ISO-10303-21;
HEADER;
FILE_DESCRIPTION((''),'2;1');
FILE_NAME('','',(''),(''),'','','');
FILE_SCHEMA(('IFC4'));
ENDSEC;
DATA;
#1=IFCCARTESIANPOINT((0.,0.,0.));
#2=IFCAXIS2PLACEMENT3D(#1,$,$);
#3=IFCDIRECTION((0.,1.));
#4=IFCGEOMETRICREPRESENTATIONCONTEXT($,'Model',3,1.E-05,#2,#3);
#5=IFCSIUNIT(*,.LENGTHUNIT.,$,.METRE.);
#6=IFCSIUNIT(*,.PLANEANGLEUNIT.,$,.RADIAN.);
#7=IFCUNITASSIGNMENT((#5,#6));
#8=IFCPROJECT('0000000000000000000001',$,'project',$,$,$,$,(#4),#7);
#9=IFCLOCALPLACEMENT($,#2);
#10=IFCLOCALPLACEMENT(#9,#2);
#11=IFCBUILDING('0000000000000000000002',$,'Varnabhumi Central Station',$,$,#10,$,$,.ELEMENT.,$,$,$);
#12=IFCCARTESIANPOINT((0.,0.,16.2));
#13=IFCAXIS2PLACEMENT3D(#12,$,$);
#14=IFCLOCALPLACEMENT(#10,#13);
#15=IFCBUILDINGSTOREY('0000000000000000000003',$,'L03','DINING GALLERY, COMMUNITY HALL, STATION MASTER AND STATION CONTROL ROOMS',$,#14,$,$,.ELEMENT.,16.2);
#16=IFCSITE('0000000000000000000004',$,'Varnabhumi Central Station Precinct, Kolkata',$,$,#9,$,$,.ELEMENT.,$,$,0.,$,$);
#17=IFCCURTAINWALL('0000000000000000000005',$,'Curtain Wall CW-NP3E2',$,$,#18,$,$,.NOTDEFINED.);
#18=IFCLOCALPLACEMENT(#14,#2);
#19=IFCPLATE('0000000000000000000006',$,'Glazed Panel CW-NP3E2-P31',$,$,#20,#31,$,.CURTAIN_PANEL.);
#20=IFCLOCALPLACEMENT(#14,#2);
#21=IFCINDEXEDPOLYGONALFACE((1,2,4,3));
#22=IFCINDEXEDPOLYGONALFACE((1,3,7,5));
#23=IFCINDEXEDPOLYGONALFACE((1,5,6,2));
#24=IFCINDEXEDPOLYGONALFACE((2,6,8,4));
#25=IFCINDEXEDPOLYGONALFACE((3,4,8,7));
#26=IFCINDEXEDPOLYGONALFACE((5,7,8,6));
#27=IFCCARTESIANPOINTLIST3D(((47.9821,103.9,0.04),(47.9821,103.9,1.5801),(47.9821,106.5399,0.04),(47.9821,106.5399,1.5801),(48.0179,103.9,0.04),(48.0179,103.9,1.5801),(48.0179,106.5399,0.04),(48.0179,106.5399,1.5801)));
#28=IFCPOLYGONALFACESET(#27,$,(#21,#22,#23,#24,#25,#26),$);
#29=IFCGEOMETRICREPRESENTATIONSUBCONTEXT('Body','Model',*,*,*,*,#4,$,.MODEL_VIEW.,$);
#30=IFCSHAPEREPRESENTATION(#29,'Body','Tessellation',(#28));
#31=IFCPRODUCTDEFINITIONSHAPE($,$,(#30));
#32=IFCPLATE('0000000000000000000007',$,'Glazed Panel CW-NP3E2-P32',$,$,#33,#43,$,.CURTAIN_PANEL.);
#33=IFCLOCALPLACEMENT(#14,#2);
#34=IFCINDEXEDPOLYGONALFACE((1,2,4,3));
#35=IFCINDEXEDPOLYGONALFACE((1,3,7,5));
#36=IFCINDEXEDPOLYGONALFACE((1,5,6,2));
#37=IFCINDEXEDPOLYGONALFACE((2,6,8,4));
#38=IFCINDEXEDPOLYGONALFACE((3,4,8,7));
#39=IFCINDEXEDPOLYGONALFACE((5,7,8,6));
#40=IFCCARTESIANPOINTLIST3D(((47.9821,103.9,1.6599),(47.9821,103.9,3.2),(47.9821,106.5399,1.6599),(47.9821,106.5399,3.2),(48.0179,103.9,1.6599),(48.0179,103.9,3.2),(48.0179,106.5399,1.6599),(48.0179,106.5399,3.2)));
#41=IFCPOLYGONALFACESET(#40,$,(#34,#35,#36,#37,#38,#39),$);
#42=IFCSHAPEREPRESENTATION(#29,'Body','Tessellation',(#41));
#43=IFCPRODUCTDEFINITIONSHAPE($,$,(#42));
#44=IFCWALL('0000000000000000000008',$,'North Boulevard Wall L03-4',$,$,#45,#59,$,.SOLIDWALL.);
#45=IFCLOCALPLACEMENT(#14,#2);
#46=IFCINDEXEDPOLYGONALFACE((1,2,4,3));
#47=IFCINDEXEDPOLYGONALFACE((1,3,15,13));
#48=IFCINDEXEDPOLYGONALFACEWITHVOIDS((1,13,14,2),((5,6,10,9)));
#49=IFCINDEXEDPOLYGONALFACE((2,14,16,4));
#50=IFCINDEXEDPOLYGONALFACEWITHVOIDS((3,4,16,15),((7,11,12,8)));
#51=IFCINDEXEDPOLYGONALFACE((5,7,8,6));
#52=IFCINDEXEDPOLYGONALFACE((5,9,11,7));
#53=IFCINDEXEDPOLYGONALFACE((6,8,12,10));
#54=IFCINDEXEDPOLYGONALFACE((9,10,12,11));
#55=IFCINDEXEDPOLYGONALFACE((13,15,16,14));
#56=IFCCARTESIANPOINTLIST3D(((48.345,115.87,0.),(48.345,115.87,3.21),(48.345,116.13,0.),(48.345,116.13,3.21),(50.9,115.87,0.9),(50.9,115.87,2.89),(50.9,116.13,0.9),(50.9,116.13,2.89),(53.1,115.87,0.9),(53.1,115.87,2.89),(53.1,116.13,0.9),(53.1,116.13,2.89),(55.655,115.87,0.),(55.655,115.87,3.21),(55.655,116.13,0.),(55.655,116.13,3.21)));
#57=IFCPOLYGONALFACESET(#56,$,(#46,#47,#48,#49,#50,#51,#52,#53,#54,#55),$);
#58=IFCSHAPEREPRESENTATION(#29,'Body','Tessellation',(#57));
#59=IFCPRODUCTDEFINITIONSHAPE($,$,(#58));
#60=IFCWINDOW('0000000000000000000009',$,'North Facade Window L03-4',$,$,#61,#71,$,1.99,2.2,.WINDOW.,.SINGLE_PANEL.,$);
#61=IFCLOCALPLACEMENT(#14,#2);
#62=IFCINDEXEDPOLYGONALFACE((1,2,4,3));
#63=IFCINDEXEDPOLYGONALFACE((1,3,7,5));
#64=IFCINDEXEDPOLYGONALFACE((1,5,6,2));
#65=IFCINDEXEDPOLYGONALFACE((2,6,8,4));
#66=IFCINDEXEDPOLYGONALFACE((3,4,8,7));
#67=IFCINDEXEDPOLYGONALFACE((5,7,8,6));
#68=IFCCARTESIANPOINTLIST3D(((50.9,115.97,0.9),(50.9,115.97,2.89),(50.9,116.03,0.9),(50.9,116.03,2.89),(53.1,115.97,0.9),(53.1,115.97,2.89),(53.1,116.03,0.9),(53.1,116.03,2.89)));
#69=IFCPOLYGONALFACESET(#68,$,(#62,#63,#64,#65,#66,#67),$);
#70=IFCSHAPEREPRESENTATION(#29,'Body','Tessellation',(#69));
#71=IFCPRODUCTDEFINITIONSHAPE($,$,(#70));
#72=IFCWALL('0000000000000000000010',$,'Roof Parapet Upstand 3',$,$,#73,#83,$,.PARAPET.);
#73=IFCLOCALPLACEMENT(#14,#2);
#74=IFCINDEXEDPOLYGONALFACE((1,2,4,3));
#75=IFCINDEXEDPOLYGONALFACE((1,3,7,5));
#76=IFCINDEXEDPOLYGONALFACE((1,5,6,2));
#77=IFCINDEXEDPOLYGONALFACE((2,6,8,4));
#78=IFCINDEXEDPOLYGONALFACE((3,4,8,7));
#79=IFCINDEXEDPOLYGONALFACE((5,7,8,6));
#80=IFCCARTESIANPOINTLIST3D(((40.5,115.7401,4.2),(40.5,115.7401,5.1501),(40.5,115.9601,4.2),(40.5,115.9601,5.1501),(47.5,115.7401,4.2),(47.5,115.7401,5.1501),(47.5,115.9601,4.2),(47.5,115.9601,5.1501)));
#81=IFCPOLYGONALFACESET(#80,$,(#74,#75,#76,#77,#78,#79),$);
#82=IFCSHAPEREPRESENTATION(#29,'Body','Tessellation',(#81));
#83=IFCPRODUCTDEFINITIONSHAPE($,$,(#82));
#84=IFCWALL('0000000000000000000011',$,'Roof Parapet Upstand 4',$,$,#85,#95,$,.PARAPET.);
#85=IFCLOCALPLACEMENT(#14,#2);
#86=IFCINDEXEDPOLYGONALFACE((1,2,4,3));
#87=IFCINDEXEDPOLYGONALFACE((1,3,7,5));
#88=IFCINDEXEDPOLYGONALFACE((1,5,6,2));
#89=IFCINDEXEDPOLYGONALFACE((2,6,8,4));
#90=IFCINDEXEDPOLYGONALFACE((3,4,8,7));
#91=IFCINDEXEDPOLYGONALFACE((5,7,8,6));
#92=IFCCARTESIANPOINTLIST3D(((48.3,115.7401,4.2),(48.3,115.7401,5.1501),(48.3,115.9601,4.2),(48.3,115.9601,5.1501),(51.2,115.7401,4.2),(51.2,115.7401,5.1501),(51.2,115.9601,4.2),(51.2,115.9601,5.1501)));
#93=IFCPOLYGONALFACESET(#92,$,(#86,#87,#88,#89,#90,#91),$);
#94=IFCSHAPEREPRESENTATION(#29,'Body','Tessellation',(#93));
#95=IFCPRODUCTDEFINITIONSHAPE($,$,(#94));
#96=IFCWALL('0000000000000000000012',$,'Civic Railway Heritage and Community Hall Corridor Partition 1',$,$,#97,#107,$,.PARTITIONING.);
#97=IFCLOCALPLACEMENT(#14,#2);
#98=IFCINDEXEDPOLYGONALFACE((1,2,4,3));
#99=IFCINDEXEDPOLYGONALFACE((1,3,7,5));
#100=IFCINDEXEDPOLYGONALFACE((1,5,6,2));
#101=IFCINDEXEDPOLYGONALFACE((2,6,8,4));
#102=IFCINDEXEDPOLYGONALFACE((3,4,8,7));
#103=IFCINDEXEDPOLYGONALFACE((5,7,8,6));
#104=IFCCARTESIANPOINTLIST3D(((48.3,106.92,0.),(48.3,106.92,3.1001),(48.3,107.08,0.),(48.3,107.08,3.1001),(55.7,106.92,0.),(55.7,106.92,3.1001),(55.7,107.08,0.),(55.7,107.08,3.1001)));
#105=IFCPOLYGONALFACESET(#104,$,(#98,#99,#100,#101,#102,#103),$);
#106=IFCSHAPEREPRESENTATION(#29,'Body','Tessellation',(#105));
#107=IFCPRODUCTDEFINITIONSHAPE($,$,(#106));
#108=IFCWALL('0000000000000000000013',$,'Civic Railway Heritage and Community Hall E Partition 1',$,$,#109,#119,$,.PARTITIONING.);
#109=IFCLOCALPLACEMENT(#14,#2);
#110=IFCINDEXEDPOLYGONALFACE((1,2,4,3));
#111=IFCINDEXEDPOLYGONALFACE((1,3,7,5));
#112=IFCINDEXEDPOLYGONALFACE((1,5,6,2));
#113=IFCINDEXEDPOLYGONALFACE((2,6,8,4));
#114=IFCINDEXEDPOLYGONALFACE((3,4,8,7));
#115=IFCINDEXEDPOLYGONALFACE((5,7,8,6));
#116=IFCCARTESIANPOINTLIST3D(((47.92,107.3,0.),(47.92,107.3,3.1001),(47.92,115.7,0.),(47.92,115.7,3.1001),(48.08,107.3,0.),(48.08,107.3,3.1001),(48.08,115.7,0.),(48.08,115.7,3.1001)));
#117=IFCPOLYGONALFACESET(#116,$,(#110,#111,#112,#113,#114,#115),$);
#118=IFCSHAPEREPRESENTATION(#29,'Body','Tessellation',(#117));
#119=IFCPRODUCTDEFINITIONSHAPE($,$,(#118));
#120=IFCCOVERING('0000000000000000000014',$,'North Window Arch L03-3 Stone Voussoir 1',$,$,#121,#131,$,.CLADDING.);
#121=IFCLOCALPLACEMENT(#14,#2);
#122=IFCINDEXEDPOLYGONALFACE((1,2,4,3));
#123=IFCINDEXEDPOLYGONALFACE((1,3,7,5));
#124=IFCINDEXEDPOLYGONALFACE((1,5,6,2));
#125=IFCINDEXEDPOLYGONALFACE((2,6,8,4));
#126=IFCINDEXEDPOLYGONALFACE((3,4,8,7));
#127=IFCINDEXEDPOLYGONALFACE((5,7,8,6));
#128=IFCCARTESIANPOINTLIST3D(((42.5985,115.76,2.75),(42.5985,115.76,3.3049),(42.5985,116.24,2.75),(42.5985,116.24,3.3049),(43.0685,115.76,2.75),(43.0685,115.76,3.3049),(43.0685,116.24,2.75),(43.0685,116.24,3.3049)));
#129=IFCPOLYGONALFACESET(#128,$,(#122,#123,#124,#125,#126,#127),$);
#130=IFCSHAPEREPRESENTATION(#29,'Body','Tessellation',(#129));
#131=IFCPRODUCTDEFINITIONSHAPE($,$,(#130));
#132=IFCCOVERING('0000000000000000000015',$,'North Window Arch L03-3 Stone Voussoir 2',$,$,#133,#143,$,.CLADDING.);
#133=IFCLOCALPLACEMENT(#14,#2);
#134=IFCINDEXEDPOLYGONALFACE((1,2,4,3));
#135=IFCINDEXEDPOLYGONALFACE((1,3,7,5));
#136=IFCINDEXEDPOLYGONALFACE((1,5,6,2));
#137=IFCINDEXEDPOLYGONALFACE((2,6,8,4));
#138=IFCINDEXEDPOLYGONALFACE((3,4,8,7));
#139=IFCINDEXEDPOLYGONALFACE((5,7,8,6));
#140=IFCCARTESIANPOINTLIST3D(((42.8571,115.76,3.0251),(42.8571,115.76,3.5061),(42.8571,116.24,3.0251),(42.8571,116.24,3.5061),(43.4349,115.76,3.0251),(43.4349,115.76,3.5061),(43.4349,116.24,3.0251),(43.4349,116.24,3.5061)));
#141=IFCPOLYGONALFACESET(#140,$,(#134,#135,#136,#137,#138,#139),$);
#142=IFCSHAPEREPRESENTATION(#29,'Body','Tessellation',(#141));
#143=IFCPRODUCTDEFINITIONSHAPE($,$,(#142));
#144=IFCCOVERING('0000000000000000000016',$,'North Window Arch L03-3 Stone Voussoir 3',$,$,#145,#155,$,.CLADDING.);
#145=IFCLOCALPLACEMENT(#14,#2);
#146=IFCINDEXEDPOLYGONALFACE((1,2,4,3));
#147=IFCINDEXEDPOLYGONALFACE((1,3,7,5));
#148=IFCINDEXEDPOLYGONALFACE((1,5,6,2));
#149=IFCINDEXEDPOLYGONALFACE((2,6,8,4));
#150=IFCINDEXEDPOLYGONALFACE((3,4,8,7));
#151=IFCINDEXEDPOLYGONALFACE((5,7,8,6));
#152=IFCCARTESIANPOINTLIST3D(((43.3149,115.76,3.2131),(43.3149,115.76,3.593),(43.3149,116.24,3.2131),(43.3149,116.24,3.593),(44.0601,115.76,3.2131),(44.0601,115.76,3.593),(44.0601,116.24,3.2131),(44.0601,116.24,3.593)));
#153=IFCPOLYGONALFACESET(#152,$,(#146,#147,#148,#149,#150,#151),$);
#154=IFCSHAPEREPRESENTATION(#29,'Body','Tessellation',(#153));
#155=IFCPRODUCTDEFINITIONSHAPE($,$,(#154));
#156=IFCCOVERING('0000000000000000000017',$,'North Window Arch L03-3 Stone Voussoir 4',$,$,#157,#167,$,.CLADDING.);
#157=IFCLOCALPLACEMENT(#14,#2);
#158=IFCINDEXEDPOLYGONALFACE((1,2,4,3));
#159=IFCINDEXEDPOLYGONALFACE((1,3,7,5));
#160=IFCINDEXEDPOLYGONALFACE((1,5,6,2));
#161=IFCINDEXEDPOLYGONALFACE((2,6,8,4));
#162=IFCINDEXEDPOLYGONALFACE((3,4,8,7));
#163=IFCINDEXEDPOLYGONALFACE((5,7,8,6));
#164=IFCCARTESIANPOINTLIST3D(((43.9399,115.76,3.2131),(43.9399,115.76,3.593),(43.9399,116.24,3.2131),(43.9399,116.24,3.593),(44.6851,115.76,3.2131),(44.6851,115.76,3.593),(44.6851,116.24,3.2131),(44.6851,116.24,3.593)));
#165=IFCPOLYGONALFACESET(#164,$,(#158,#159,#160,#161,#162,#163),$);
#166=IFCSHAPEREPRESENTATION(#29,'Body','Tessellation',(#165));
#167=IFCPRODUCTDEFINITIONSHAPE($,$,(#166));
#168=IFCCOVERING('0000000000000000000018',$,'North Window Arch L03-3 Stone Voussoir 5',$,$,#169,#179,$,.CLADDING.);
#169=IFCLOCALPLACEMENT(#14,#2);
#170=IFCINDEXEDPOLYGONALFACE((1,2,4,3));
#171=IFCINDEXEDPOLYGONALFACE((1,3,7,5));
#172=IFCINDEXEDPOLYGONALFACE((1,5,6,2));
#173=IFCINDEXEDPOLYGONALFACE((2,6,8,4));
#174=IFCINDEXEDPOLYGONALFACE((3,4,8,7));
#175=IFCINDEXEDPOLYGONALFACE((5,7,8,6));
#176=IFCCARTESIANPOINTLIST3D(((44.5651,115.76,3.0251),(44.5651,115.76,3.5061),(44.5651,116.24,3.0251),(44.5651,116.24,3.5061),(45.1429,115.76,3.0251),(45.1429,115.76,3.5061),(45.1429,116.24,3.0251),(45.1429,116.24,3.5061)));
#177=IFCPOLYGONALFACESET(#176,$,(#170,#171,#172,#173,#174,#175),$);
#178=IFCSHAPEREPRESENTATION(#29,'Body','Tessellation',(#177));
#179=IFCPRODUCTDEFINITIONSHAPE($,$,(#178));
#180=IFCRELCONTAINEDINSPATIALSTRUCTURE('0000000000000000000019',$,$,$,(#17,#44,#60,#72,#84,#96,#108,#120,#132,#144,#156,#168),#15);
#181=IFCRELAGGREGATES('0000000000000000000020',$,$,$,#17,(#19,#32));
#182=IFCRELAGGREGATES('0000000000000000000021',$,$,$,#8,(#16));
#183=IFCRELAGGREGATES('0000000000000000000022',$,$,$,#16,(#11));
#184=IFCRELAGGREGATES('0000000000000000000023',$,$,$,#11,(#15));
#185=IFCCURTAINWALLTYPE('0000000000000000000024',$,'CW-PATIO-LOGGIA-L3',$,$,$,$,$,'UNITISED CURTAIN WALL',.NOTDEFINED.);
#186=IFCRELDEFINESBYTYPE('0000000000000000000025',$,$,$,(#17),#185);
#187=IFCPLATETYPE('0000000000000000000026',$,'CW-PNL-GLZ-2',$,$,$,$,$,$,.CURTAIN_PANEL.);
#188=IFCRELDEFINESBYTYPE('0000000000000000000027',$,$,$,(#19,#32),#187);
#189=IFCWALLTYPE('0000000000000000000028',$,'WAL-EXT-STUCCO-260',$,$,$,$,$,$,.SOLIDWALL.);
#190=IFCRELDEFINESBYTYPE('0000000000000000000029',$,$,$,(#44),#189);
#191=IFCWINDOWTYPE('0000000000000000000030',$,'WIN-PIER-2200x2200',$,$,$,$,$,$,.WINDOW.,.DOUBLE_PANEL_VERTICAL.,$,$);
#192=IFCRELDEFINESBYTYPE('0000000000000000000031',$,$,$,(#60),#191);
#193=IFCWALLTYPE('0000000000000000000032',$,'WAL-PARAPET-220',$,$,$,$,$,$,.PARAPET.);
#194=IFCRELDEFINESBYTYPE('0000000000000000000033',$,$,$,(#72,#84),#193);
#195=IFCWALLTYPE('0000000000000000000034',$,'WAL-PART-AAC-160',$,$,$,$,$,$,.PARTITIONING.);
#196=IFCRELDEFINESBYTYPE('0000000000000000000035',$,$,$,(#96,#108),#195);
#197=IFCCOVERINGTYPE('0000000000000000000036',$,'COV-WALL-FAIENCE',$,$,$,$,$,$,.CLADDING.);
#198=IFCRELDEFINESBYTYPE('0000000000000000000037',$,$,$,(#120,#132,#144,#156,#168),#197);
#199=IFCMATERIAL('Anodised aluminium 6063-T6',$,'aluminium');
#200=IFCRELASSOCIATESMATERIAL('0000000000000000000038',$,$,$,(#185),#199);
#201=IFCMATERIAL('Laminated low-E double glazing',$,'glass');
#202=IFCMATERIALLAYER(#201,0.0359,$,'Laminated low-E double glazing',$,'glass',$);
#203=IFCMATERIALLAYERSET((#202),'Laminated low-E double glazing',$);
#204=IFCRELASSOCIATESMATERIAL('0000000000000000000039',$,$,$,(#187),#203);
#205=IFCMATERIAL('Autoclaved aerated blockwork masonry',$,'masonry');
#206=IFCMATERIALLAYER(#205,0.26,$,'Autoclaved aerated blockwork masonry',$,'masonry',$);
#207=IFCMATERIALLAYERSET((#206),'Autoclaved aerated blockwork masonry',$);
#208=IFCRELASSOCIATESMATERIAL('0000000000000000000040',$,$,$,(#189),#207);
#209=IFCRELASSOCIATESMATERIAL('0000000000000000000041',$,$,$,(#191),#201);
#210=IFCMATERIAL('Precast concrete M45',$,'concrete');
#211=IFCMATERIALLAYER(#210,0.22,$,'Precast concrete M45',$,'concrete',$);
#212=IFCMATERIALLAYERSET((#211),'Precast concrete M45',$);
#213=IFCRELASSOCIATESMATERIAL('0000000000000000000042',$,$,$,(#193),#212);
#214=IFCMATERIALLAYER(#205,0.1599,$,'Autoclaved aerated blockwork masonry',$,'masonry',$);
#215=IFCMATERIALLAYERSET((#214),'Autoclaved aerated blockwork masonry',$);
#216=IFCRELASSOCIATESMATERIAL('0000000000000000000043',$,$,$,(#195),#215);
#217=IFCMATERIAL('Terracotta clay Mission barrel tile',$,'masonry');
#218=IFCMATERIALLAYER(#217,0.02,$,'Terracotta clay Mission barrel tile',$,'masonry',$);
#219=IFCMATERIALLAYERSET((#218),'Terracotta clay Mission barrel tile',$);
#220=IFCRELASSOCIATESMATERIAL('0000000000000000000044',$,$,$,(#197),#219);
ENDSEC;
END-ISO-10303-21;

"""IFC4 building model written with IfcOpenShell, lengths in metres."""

from ifc_helpers import new_model, si_unit, direction, frame, frame_2d, origin, origin_2d, place, context, subcontext, project, spatial, rectangle, extrude, material, layer, layer_set, type_object, element, fill, aggregate, save


model = new_model("IFC4")

# Units and contexts
model_context = context("Model", 3, precision=1e-05, world=origin(), true_north=direction((0.0, 1.0)))
body_context = subcontext(model_context, "Body", "Model", "MODEL_VIEW")
ifc_project = project(units=[si_unit("LENGTHUNIT", "METRE"), si_unit("PLANEANGLEUNIT", "RADIAN")], contexts=[model_context])

# Site, building, storey
site_placement = place(None, origin())
site = spatial("IfcSite", under=ifc_project, at=site_placement, Name="Varnabhumi Central Station Precinct, Kolkata", CompositionType="ELEMENT", RefElevation=0.0)
building_placement = place(site_placement, origin())
building = spatial("IfcBuilding", under=site, at=building_placement, Name="Varnabhumi Central Station", CompositionType="ELEMENT")
storey_placement = place(building_placement, frame((0.0, 0.0, 16.2)))
storey = spatial("IfcBuildingStorey", under=building, at=storey_placement, Name="L03", Description="DINING GALLERY, COMMUNITY HALL, STATION MASTER AND STATION CONTROL ROOMS", CompositionType="ELEMENT", Elevation=16.2)

# Curtain wall, plates
ifc_material_1 = material(Name="Anodised aluminium 6063-T6", Category="aluminium")
curtain_wall_type = type_object("IfcCurtainWallType", Name="CW-PATIO-LOGGIA-L3", ElementType="UNITISED CURTAIN WALL", PredefinedType="NOTDEFINED", material=ifc_material_1)
curtain_wall_placement = place(storey_placement, origin())
curtain_wall = element("IfcCurtainWall", 1, at=curtain_wall_placement, inside=storey, type_object=curtain_wall_type, Name="Curtain Wall CW-NP3E2", PredefinedType="NOTDEFINED")
ifc_material_2 = material(Name="Laminated low-E double glazing", Category="glass")
ifc_layer_1 = layer(ifc_material_2, 0.0359, Name="Laminated low-E double glazing", Category="glass")
ifc_layer_set_1 = layer_set([ifc_layer_1], Name="Laminated low-E double glazing")
plate_type = type_object("IfcPlateType", Name="CW-PNL-GLZ-2", PredefinedType="CURTAIN_PANEL", material=ifc_layer_set_1)
plate_1_placement = place(storey_placement, frame((48.0, 105.22, 0.04), z_axis=(0.0, 0.0, 1.0), x_axis=(0.0, 1.0, 0.0)))
plate_1 = element("IfcPlate", 2, at=plate_1_placement, type_object=plate_type, Name="Glazed Panel CW-NP3E2-P31", PredefinedType="CURTAIN_PANEL", context=body_context, shape_type="SweptSolid", body=[
    extrude(rectangle(XDim=2.6399, YDim=0.0359, at=origin_2d()), origin(), (0.0, 0.0, 1.0), 1.54),
])
plate_2_placement = place(storey_placement, frame((48.0, 105.22, 1.6599), z_axis=(0.0, 0.0, 1.0), x_axis=(0.0, 1.0, 0.0)))
plate_2 = element("IfcPlate", 3, at=plate_2_placement, type_object=plate_type, Name="Glazed Panel CW-NP3E2-P32", PredefinedType="CURTAIN_PANEL", context=body_context, shape_type="SweptSolid", body=[
    extrude(rectangle(XDim=2.6399, YDim=0.0359, at=origin_2d()), origin(), (0.0, 0.0, 1.0), 1.54),
])
aggregate(curtain_wall, [plate_1, plate_2])

# Wall, opening, window
ifc_material_3 = material(Name="Autoclaved aerated blockwork masonry", Category="masonry")
ifc_layer_2 = layer(ifc_material_3, 0.26, Name="Autoclaved aerated blockwork masonry", Category="masonry")
ifc_layer_set_2 = layer_set([ifc_layer_2], Name="Autoclaved aerated blockwork masonry")
wall_type_1 = type_object("IfcWallType", Name="WAL-EXT-STUCCO-260", PredefinedType="SOLIDWALL", material=ifc_layer_set_2)
wall_1_placement = place(storey_placement, frame((48.345, 116.0, 0.0), z_axis=(0.0, 0.0, 1.0), x_axis=(1.0, 0.0, 0.0)))
wall_1 = element("IfcWall", 4, at=wall_1_placement, inside=storey, type_object=wall_type_1, Name="North Boulevard Wall L03-4", PredefinedType="SOLIDWALL", context=body_context, shape_type="SweptSolid", body=[
    extrude(rectangle(XDim=7.3101, YDim=0.26, at=frame_2d((3.655, 0.0))), origin(), (0.0, 0.0, 1.0), 3.21),
])
opening_placement = place(wall_1_placement, frame((2.5549, 0.0, 0.8999)))
opening = element("IfcOpeningElement", 5, at=opening_placement, cuts=wall_1, PredefinedType="OPENING", context=body_context, shape_type="SweptSolid", body=[
    extrude(rectangle(XDim=2.2, YDim=1.99, at=frame_2d((1.1001, 0.9951))), frame((0.0, 0.1399, 0.0), z_axis=(0.0, -1.0, 0.0), x_axis=(1.0, 0.0, 0.0)), (0.0, 0.0, 1.0), 0.28),
])
window_type = type_object("IfcWindowType", Name="WIN-PIER-2200x2200", PartitioningType="DOUBLE_PANEL_VERTICAL", PredefinedType="WINDOW", material=ifc_material_2)
window_placement = place(opening_placement, origin())
window = element("IfcWindow", 6, at=window_placement, inside=storey, type_object=window_type, Name="North Facade Window L03-4", OverallHeight=1.99, OverallWidth=2.2, PartitioningType="SINGLE_PANEL", PredefinedType="WINDOW", context=body_context, shape_type="SweptSolid", body=[
    extrude(rectangle(XDim=2.2, YDim=1.99, at=frame_2d((1.1001, 0.9951))), frame((0.0, 0.03, 0.0), z_axis=(0.0, -1.0, 0.0), x_axis=(1.0, 0.0, 0.0)), (0.0, 0.0, 1.0), 0.0601),
])
fill(opening, window)

# Walls
ifc_material_4 = material(Name="Precast concrete M45", Category="concrete")
ifc_layer_3 = layer(ifc_material_4, 0.22, Name="Precast concrete M45", Category="concrete")
ifc_layer_set_3 = layer_set([ifc_layer_3], Name="Precast concrete M45")
wall_type_2 = type_object("IfcWallType", Name="WAL-PARAPET-220", PredefinedType="PARAPET", material=ifc_layer_set_3)
wall_2_placement = place(storey_placement, frame((40.5, 115.8501, 4.2), z_axis=(0.0, 0.0, 1.0), x_axis=(1.0, 0.0, 0.0)))
element("IfcWall", 7, at=wall_2_placement, inside=storey, type_object=wall_type_2, Name="Roof Parapet Upstand 3", PredefinedType="PARAPET", context=body_context, shape_type="SweptSolid", body=[
    extrude(rectangle(XDim=7.0, YDim=0.22, at=frame_2d((3.5, 0.0))), origin(), (0.0, 0.0, 1.0), 0.9502),
])
wall_3_placement = place(storey_placement, frame((48.3, 115.8501, 4.2), z_axis=(0.0, 0.0, 1.0), x_axis=(1.0, 0.0, 0.0)))
element("IfcWall", 8, at=wall_3_placement, inside=storey, type_object=wall_type_2, Name="Roof Parapet Upstand 4", PredefinedType="PARAPET", context=body_context, shape_type="SweptSolid", body=[
    extrude(rectangle(XDim=2.8999, YDim=0.22, at=frame_2d((1.45, 0.0))), origin(), (0.0, 0.0, 1.0), 0.9502),
])
ifc_layer_4 = layer(ifc_material_3, 0.1599, Name="Autoclaved aerated blockwork masonry", Category="masonry")
ifc_layer_set_4 = layer_set([ifc_layer_4], Name="Autoclaved aerated blockwork masonry")
wall_type_3 = type_object("IfcWallType", Name="WAL-PART-AAC-160", PredefinedType="PARTITIONING", material=ifc_layer_set_4)
wall_4_placement = place(storey_placement, frame((48.3, 107.0, 0.0), z_axis=(0.0, 0.0, 1.0), x_axis=(1.0, 0.0, 0.0)))
element("IfcWall", 9, at=wall_4_placement, inside=storey, type_object=wall_type_3, Name="Civic Railway Heritage and Community Hall Corridor Partition 1", PredefinedType="PARTITIONING", context=body_context, shape_type="SweptSolid", body=[
    extrude(rectangle(XDim=7.3999, YDim=0.1599, at=frame_2d((3.7, 0.0))), origin(), (0.0, 0.0, 1.0), 3.1001),
])
wall_5_placement = place(storey_placement, frame((48.0, 107.3, 0.0), z_axis=(0.0, 0.0, 1.0), x_axis=(0.0, 1.0, 0.0)))
element("IfcWall", 10, at=wall_5_placement, inside=storey, type_object=wall_type_3, Name="Civic Railway Heritage and Community Hall E Partition 1", PredefinedType="PARTITIONING", context=body_context, shape_type="SweptSolid", body=[
    extrude(rectangle(XDim=8.3999, YDim=0.1599, at=frame_2d((4.2, 0.0))), origin(), (0.0, 0.0, 1.0), 3.1001),
])

# Coverings
ifc_material_5 = material(Name="Terracotta clay Mission barrel tile", Category="masonry")
ifc_layer_5 = layer(ifc_material_5, 0.02, Name="Terracotta clay Mission barrel tile", Category="masonry")
ifc_layer_set_5 = layer_set([ifc_layer_5], Name="Terracotta clay Mission barrel tile")
covering_type = type_object("IfcCoveringType", Name="COV-WALL-FAIENCE", PredefinedType="CLADDING", material=ifc_layer_set_5)
covering_1_placement = place(storey_placement, frame((42.8335, 116.0, 2.75), z_axis=(0.0, 0.0, 1.0), x_axis=(1.0, 0.0, 0.0)))
element("IfcCovering", 11, at=covering_1_placement, inside=storey, type_object=covering_type, Name="North Window Arch L03-3 Stone Voussoir 1", PredefinedType="CLADDING", context=body_context, shape_type="SweptSolid", body=[
    extrude(rectangle(XDim=0.47, YDim=0.48, at=origin_2d()), origin(), (0.0, 0.0, 1.0), 0.5549),
])
covering_2_placement = place(storey_placement, frame((43.146, 116.0, 3.0251), z_axis=(0.0, 0.0, 1.0), x_axis=(1.0, 0.0, 0.0)))
element("IfcCovering", 12, at=covering_2_placement, inside=storey, type_object=covering_type, Name="North Window Arch L03-3 Stone Voussoir 2", PredefinedType="CLADDING", context=body_context, shape_type="SweptSolid", body=[
    extrude(rectangle(XDim=0.5779, YDim=0.48, at=origin_2d()), origin(), (0.0, 0.0, 1.0), 0.481),
])
for number, where, z_axis, x_axis, name in (
    (13, (43.6875, 116.0, 3.2131), (0.0, 0.0, 1.0), (1.0, 0.0, 0.0), "North Window Arch L03-3 Stone Voussoir 3"),
    (14, (44.3125, 116.0, 3.2131), (0.0, 0.0, 1.0), (1.0, 0.0, 0.0), "North Window Arch L03-3 Stone Voussoir 4"),
):
    element("IfcCovering", number, at=place(storey_placement, frame(where, z_axis=z_axis, x_axis=x_axis)), inside=storey, type_object=covering_type, Name=name, PredefinedType="CLADDING", context=body_context, shape_type="SweptSolid", body=[
        extrude(rectangle(XDim=0.7451, YDim=0.48, at=origin_2d()), origin(), (0.0, 0.0, 1.0), 0.3799),
    ])
covering_3_placement = place(storey_placement, frame((44.854, 116.0, 3.0251), z_axis=(0.0, 0.0, 1.0), x_axis=(1.0, 0.0, 0.0)))
element("IfcCovering", 15, at=covering_3_placement, inside=storey, type_object=covering_type, Name="North Window Arch L03-3 Stone Voussoir 5", PredefinedType="CLADDING", context=body_context, shape_type="SweptSolid", body=[
    extrude(rectangle(XDim=0.5779, YDim=0.48, at=origin_2d()), origin(), (0.0, 0.0, 1.0), 0.481),
])

save(model, "model.ifc")
